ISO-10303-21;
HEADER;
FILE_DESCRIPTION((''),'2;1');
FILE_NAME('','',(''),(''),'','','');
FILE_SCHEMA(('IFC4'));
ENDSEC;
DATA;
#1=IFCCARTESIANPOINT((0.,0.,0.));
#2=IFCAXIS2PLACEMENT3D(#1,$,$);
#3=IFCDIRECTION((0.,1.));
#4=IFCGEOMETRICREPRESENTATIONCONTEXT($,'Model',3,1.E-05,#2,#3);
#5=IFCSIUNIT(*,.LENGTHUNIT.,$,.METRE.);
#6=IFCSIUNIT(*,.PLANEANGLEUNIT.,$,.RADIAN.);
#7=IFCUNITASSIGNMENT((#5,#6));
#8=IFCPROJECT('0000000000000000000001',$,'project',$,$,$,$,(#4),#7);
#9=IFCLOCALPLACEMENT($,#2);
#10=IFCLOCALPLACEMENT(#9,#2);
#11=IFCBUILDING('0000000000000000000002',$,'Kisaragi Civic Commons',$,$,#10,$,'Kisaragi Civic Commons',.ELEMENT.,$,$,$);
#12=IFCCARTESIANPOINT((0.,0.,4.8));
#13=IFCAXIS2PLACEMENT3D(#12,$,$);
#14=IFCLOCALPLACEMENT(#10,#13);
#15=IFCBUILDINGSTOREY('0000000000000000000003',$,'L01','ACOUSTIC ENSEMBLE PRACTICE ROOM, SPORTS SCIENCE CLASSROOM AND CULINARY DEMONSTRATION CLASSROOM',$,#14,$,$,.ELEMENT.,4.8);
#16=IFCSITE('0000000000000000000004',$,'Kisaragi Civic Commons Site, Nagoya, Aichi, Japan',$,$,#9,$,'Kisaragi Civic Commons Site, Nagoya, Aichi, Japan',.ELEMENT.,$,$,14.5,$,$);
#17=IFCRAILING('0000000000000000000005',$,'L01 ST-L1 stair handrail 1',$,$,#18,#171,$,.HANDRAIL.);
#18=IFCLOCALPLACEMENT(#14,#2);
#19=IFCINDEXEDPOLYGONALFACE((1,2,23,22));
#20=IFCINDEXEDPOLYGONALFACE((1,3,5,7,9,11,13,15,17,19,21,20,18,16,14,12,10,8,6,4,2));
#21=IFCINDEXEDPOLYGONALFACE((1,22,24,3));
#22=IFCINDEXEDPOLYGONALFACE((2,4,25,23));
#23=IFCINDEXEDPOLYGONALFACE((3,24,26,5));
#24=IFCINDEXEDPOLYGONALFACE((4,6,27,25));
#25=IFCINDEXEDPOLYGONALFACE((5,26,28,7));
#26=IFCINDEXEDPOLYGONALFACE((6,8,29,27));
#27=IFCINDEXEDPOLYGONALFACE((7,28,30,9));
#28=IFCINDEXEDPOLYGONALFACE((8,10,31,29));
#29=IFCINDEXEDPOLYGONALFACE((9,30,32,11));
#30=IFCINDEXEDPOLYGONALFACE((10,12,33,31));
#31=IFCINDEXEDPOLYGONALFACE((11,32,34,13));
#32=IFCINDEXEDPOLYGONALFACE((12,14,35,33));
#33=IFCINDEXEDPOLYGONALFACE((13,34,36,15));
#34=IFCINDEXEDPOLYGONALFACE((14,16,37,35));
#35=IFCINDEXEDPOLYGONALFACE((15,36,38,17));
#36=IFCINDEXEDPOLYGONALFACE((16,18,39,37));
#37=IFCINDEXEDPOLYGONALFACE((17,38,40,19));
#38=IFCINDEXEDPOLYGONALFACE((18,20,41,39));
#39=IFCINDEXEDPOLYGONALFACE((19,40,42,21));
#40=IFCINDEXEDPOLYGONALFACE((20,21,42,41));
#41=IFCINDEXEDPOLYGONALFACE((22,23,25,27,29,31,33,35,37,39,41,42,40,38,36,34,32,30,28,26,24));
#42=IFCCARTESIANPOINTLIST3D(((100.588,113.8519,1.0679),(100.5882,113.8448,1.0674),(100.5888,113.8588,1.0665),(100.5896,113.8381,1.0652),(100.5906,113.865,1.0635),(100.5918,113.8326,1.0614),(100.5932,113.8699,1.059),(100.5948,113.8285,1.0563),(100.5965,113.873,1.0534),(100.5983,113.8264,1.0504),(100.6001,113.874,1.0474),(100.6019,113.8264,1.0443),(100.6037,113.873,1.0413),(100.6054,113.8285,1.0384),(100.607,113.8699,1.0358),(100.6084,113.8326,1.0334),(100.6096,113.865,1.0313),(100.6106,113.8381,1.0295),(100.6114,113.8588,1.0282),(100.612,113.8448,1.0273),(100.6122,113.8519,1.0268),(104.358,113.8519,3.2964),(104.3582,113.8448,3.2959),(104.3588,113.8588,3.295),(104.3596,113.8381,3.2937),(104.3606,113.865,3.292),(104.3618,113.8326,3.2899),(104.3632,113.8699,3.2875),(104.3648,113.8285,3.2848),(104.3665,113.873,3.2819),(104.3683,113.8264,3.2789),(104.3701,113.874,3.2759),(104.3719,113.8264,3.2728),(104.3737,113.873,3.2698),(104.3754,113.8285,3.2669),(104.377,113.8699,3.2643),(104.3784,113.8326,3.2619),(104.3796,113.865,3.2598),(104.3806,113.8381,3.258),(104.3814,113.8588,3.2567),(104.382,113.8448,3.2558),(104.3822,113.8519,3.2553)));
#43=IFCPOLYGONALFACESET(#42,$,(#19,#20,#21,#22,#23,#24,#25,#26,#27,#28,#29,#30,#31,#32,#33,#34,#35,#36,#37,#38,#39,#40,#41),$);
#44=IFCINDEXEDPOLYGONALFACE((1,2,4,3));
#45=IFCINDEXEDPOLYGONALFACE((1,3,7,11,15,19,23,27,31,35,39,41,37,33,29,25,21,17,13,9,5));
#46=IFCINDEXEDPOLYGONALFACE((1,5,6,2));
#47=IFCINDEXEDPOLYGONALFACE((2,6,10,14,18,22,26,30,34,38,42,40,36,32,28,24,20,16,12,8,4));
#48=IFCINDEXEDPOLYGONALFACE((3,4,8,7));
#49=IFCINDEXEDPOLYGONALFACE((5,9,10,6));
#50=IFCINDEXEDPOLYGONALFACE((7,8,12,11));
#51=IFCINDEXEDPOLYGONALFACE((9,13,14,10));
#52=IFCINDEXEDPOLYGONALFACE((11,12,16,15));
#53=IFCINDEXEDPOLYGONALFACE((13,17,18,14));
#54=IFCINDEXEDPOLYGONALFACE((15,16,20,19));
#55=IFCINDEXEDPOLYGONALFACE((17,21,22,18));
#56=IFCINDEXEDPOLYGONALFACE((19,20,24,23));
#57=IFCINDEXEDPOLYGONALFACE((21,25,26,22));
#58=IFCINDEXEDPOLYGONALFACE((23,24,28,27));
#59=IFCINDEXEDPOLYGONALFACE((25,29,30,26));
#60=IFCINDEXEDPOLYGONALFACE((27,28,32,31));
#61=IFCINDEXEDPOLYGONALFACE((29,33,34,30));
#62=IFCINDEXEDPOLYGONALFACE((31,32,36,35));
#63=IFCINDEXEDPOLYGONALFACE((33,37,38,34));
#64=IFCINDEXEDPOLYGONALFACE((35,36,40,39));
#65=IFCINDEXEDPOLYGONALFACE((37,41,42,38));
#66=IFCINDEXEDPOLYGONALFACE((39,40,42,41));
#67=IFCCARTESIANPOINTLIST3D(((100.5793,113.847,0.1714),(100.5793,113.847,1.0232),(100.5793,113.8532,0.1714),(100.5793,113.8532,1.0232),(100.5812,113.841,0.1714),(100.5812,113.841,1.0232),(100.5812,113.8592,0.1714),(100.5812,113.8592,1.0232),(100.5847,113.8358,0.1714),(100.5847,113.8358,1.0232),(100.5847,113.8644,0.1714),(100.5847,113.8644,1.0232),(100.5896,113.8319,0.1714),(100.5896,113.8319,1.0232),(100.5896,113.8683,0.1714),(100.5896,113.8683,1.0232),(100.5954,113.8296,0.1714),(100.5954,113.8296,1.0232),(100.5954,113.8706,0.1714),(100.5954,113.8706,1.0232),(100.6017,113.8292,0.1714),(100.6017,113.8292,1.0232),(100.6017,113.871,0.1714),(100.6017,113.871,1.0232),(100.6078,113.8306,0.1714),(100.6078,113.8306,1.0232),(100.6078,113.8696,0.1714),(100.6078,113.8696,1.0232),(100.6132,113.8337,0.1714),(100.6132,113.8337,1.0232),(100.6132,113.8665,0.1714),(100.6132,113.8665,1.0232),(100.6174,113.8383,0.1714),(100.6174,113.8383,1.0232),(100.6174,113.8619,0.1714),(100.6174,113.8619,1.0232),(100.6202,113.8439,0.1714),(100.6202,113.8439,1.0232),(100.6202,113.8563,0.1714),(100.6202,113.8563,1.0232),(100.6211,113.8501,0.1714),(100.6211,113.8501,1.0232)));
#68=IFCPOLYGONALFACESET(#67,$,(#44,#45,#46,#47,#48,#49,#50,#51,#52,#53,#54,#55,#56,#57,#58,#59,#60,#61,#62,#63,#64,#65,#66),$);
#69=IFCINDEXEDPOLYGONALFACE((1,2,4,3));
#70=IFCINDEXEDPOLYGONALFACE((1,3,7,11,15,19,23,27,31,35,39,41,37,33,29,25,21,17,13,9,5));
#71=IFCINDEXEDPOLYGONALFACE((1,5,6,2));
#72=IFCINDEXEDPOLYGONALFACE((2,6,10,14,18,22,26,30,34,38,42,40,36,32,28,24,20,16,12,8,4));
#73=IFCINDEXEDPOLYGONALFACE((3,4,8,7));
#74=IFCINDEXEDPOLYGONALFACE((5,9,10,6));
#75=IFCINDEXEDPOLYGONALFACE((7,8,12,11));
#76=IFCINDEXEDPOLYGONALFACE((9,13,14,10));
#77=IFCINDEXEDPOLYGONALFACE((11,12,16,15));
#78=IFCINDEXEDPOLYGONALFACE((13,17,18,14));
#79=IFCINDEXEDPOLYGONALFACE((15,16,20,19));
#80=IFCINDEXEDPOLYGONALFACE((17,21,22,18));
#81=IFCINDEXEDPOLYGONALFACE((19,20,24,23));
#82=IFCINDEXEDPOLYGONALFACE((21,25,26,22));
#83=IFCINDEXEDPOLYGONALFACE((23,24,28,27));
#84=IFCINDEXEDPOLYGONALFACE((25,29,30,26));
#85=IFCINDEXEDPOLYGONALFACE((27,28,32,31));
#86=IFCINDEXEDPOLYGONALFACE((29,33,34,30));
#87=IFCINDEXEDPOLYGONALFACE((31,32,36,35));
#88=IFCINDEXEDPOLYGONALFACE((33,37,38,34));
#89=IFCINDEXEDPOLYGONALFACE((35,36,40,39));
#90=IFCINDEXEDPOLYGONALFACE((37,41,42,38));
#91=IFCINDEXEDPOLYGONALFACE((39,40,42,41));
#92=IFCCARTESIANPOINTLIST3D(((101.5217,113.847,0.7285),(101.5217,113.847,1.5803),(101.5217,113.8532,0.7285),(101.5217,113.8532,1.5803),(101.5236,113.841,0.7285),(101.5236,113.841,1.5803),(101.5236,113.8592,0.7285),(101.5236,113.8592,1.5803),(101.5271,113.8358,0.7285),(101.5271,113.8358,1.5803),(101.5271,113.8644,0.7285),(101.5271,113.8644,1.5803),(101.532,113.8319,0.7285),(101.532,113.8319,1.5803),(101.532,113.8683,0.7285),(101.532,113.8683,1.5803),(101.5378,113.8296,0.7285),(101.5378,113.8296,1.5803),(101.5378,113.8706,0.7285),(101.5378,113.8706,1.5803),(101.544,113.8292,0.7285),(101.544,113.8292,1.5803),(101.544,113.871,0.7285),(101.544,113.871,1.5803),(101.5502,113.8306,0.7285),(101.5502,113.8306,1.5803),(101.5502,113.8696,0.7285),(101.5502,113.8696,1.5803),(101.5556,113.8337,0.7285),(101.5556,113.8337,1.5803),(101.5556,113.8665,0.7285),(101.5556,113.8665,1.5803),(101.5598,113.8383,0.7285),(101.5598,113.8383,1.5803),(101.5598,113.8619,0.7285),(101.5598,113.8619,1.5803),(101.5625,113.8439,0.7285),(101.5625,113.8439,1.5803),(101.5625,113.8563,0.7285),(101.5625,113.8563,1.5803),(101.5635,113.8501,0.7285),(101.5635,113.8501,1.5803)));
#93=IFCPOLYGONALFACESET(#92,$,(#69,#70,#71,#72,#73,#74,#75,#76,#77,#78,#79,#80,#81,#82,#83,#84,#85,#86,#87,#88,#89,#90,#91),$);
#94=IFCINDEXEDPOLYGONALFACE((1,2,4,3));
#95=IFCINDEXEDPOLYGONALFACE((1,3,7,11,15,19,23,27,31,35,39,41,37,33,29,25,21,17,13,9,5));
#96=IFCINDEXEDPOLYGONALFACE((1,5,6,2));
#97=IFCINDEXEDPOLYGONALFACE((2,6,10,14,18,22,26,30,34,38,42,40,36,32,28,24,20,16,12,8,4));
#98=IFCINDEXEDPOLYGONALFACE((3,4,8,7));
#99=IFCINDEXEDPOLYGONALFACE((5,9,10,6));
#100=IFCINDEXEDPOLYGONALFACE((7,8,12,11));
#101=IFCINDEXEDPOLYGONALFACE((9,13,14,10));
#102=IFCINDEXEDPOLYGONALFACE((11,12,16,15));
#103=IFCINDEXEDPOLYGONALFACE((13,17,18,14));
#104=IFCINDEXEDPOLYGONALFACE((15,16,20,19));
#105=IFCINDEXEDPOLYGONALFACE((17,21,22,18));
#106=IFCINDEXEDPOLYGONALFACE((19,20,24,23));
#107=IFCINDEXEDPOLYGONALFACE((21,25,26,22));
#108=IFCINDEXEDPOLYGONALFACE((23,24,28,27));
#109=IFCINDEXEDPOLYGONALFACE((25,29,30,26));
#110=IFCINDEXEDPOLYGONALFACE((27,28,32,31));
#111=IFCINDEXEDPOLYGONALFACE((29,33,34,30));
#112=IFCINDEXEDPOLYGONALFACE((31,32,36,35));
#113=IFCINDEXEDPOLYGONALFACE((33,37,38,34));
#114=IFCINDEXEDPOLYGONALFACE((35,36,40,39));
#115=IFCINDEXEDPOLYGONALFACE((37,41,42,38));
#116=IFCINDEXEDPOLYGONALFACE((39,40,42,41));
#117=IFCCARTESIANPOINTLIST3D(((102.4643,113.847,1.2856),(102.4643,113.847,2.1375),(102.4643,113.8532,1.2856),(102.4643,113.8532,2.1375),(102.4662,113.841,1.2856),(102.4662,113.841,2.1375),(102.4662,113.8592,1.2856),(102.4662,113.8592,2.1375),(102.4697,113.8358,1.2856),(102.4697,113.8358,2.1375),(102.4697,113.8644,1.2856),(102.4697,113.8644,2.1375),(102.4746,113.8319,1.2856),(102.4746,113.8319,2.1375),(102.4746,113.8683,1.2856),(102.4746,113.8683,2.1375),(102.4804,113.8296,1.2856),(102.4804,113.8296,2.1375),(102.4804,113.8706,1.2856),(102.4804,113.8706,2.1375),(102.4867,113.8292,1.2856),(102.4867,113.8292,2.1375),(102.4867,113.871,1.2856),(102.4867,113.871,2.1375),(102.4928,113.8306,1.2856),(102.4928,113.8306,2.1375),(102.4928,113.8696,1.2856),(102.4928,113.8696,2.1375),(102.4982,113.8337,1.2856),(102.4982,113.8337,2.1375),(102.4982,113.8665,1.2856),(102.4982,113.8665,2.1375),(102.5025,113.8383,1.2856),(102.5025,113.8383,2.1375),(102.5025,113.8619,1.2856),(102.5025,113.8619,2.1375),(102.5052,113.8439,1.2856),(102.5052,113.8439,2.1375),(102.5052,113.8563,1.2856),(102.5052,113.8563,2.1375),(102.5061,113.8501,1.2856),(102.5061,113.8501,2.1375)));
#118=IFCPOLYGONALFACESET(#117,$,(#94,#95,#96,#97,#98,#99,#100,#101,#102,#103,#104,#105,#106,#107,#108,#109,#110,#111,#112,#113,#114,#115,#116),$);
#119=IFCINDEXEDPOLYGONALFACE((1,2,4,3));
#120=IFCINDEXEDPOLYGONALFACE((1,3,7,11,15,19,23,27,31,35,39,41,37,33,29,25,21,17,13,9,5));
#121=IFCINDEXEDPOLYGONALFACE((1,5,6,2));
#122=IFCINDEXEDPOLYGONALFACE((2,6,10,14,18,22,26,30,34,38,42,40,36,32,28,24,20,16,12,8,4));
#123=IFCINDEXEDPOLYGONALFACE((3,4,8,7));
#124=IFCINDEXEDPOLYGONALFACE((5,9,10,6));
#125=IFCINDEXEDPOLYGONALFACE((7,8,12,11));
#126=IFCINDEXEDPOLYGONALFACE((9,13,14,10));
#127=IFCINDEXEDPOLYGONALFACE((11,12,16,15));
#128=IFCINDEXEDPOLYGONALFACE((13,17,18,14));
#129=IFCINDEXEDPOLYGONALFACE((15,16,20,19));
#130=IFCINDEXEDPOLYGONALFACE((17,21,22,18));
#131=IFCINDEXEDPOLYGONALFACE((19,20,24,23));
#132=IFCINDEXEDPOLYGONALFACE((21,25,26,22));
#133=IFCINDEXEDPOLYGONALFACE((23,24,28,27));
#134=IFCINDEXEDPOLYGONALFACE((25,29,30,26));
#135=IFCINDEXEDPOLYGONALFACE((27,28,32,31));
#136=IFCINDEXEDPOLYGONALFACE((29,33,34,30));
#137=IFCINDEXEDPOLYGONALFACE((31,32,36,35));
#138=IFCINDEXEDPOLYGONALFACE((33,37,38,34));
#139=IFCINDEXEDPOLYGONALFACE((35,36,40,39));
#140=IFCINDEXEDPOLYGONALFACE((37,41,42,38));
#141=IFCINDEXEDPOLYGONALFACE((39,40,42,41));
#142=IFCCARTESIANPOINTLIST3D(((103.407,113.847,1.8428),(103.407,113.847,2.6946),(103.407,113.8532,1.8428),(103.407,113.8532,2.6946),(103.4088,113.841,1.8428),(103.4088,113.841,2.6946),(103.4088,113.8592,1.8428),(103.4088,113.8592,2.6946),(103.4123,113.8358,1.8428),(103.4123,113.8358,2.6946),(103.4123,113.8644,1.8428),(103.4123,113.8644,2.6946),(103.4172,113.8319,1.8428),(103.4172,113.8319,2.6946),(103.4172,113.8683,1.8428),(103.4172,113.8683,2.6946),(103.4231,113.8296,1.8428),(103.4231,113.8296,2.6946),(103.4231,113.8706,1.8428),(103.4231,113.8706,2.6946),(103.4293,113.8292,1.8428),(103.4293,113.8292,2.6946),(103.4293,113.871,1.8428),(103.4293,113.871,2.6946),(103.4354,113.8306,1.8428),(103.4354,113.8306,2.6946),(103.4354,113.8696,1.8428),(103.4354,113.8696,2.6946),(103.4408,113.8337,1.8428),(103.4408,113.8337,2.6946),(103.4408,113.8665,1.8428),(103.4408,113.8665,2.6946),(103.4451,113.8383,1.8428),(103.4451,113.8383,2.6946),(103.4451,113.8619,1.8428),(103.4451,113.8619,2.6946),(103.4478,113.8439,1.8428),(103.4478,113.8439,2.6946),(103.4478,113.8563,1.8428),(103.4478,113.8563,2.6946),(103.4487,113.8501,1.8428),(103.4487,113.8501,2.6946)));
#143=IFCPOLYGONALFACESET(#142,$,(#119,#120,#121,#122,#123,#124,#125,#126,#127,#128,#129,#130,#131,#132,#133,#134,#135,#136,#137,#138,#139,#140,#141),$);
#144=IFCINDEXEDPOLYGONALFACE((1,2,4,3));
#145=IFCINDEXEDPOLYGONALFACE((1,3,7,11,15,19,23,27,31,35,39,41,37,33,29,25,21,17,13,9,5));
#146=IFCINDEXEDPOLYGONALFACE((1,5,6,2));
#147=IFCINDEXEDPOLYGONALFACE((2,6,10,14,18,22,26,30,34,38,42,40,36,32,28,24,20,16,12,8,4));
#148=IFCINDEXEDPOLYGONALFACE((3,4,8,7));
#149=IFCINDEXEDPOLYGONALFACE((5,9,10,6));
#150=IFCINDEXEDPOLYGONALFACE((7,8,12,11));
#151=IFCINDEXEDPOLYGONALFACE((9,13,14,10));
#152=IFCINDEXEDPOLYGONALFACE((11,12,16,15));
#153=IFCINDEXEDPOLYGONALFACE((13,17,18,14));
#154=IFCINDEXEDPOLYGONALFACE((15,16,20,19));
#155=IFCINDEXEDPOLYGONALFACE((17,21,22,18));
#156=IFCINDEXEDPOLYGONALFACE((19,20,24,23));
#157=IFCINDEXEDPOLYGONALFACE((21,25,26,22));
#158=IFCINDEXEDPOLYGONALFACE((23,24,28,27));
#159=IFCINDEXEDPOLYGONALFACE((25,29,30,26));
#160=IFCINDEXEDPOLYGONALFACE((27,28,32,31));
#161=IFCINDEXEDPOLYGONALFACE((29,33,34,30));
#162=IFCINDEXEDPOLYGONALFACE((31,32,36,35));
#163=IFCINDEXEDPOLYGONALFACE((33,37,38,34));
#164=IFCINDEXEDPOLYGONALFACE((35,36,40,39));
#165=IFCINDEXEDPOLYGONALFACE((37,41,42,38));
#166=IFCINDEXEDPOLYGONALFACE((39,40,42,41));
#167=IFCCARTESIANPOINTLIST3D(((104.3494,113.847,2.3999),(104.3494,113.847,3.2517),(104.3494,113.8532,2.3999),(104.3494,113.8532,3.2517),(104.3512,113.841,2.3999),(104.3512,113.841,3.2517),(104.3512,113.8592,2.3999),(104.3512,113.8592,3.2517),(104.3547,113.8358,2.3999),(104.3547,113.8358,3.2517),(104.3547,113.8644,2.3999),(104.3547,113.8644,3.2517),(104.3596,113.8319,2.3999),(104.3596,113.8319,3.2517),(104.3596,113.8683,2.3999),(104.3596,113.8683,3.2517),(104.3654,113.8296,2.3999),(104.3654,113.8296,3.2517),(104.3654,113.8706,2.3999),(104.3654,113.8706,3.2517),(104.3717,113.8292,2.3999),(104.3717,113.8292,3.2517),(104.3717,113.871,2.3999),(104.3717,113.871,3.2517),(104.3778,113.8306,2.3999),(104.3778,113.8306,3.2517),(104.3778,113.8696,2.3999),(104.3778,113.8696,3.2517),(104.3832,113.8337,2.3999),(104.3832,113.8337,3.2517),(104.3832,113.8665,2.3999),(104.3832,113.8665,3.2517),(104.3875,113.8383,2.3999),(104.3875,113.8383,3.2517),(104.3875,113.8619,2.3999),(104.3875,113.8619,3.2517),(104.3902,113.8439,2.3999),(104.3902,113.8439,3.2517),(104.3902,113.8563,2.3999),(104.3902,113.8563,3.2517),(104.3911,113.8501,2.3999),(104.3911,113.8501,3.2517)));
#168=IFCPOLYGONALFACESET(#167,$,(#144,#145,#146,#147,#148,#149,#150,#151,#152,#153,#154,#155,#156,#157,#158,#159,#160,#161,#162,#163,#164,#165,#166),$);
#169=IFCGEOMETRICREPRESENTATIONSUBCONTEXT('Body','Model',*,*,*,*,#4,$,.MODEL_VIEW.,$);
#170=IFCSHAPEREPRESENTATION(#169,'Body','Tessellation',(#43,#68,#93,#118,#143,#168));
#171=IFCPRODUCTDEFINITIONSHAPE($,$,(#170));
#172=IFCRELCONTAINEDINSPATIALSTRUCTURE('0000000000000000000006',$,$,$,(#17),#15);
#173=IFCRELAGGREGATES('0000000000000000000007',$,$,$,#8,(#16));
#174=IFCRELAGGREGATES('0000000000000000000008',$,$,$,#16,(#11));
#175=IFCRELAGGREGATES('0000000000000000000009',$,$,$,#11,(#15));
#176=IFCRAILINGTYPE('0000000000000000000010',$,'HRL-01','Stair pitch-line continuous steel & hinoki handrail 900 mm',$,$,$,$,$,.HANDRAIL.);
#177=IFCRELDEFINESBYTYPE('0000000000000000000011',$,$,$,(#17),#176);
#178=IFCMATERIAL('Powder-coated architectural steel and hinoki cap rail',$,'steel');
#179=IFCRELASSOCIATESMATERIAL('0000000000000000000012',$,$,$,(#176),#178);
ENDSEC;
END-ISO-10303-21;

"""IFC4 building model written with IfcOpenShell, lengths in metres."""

from ifc_helpers import new_model, si_unit, direction, frame, origin, origin_2d, place, context, subcontext, project, spatial, circle, extrude, material, type_object, element, save


model = new_model("IFC4")

# Units and contexts
model_context = context("Model", 3, precision=1e-05, world=origin(), true_north=direction((0.0, 1.0)))
body_context = subcontext(model_context, "Body", "Model", "MODEL_VIEW")
ifc_project = project(units=[si_unit("LENGTHUNIT", "METRE"), si_unit("PLANEANGLEUNIT", "RADIAN")], contexts=[model_context])

# Site, building, storey
site_placement = place(None, origin())
site = spatial("IfcSite", under=ifc_project, at=site_placement, Name="Kisaragi Civic Commons Site, Nagoya, Aichi, Japan", LongName="Kisaragi Civic Commons Site, Nagoya, Aichi, Japan", CompositionType="ELEMENT", RefElevation=14.5)
building_placement = place(site_placement, origin())
building = spatial("IfcBuilding", under=site, at=building_placement, Name="Kisaragi Civic Commons", LongName="Kisaragi Civic Commons", CompositionType="ELEMENT")
storey_placement = place(building_placement, frame((0.0, 0.0, 4.8)))
storey = spatial("IfcBuildingStorey", under=building, at=storey_placement, Name="L01", Description="ACOUSTIC ENSEMBLE PRACTICE ROOM, SPORTS SCIENCE CLASSROOM AND CULINARY DEMONSTRATION CLASSROOM", CompositionType="ELEMENT", Elevation=4.8)

# Railing
ifc_material_1 = material(Name="Powder-coated architectural steel and hinoki cap rail", Category="steel")
railing_type_1 = type_object("IfcRailingType", Name="HRL-01", Description="Stair pitch-line continuous steel & hinoki handrail 900 mm", PredefinedType="HANDRAIL", material=ifc_material_1)
railing_1_placement = place(storey_placement, frame((100.6001, 113.8501, 0.1714)))
element("IfcRailing", 1, at=railing_1_placement, inside=storey, type_object=railing_type_1, Name="L01 ST-L1 stair handrail 1", PredefinedType="HANDRAIL", context=body_context, shape_type="SweptSolid", body=[
    extrude(circle(Radius=0.0239, at=origin_2d()), frame((0.0, 0.0, 0.876), z_axis=(0.860849, 0.0, 0.508861), x_axis=(0.0, 1.0, 0.0)), (0.0, 0.0, 1.0), 4.3794),
    extrude(circle(Radius=0.021, at=origin_2d()), origin(), (0.0, 0.0, 1.0), 0.8518),
    extrude(circle(Radius=0.021, at=origin_2d()), frame((0.9424, 0.0, 0.5571)), (0.0, 0.0, 1.0), 0.8518),
    extrude(circle(Radius=0.021, at=origin_2d()), frame((1.885, 0.0, 1.1143)), (0.0, 0.0, 1.0), 0.8518),
    extrude(circle(Radius=0.021, at=origin_2d()), frame((2.8276, 0.0, 1.6714)), (0.0, 0.0, 1.0), 0.8518),
    extrude(circle(Radius=0.021, at=origin_2d()), frame((3.77, 0.0, 2.2285)), (0.0, 0.0, 1.0), 0.8518),
])

save(model, "model.ifc")
